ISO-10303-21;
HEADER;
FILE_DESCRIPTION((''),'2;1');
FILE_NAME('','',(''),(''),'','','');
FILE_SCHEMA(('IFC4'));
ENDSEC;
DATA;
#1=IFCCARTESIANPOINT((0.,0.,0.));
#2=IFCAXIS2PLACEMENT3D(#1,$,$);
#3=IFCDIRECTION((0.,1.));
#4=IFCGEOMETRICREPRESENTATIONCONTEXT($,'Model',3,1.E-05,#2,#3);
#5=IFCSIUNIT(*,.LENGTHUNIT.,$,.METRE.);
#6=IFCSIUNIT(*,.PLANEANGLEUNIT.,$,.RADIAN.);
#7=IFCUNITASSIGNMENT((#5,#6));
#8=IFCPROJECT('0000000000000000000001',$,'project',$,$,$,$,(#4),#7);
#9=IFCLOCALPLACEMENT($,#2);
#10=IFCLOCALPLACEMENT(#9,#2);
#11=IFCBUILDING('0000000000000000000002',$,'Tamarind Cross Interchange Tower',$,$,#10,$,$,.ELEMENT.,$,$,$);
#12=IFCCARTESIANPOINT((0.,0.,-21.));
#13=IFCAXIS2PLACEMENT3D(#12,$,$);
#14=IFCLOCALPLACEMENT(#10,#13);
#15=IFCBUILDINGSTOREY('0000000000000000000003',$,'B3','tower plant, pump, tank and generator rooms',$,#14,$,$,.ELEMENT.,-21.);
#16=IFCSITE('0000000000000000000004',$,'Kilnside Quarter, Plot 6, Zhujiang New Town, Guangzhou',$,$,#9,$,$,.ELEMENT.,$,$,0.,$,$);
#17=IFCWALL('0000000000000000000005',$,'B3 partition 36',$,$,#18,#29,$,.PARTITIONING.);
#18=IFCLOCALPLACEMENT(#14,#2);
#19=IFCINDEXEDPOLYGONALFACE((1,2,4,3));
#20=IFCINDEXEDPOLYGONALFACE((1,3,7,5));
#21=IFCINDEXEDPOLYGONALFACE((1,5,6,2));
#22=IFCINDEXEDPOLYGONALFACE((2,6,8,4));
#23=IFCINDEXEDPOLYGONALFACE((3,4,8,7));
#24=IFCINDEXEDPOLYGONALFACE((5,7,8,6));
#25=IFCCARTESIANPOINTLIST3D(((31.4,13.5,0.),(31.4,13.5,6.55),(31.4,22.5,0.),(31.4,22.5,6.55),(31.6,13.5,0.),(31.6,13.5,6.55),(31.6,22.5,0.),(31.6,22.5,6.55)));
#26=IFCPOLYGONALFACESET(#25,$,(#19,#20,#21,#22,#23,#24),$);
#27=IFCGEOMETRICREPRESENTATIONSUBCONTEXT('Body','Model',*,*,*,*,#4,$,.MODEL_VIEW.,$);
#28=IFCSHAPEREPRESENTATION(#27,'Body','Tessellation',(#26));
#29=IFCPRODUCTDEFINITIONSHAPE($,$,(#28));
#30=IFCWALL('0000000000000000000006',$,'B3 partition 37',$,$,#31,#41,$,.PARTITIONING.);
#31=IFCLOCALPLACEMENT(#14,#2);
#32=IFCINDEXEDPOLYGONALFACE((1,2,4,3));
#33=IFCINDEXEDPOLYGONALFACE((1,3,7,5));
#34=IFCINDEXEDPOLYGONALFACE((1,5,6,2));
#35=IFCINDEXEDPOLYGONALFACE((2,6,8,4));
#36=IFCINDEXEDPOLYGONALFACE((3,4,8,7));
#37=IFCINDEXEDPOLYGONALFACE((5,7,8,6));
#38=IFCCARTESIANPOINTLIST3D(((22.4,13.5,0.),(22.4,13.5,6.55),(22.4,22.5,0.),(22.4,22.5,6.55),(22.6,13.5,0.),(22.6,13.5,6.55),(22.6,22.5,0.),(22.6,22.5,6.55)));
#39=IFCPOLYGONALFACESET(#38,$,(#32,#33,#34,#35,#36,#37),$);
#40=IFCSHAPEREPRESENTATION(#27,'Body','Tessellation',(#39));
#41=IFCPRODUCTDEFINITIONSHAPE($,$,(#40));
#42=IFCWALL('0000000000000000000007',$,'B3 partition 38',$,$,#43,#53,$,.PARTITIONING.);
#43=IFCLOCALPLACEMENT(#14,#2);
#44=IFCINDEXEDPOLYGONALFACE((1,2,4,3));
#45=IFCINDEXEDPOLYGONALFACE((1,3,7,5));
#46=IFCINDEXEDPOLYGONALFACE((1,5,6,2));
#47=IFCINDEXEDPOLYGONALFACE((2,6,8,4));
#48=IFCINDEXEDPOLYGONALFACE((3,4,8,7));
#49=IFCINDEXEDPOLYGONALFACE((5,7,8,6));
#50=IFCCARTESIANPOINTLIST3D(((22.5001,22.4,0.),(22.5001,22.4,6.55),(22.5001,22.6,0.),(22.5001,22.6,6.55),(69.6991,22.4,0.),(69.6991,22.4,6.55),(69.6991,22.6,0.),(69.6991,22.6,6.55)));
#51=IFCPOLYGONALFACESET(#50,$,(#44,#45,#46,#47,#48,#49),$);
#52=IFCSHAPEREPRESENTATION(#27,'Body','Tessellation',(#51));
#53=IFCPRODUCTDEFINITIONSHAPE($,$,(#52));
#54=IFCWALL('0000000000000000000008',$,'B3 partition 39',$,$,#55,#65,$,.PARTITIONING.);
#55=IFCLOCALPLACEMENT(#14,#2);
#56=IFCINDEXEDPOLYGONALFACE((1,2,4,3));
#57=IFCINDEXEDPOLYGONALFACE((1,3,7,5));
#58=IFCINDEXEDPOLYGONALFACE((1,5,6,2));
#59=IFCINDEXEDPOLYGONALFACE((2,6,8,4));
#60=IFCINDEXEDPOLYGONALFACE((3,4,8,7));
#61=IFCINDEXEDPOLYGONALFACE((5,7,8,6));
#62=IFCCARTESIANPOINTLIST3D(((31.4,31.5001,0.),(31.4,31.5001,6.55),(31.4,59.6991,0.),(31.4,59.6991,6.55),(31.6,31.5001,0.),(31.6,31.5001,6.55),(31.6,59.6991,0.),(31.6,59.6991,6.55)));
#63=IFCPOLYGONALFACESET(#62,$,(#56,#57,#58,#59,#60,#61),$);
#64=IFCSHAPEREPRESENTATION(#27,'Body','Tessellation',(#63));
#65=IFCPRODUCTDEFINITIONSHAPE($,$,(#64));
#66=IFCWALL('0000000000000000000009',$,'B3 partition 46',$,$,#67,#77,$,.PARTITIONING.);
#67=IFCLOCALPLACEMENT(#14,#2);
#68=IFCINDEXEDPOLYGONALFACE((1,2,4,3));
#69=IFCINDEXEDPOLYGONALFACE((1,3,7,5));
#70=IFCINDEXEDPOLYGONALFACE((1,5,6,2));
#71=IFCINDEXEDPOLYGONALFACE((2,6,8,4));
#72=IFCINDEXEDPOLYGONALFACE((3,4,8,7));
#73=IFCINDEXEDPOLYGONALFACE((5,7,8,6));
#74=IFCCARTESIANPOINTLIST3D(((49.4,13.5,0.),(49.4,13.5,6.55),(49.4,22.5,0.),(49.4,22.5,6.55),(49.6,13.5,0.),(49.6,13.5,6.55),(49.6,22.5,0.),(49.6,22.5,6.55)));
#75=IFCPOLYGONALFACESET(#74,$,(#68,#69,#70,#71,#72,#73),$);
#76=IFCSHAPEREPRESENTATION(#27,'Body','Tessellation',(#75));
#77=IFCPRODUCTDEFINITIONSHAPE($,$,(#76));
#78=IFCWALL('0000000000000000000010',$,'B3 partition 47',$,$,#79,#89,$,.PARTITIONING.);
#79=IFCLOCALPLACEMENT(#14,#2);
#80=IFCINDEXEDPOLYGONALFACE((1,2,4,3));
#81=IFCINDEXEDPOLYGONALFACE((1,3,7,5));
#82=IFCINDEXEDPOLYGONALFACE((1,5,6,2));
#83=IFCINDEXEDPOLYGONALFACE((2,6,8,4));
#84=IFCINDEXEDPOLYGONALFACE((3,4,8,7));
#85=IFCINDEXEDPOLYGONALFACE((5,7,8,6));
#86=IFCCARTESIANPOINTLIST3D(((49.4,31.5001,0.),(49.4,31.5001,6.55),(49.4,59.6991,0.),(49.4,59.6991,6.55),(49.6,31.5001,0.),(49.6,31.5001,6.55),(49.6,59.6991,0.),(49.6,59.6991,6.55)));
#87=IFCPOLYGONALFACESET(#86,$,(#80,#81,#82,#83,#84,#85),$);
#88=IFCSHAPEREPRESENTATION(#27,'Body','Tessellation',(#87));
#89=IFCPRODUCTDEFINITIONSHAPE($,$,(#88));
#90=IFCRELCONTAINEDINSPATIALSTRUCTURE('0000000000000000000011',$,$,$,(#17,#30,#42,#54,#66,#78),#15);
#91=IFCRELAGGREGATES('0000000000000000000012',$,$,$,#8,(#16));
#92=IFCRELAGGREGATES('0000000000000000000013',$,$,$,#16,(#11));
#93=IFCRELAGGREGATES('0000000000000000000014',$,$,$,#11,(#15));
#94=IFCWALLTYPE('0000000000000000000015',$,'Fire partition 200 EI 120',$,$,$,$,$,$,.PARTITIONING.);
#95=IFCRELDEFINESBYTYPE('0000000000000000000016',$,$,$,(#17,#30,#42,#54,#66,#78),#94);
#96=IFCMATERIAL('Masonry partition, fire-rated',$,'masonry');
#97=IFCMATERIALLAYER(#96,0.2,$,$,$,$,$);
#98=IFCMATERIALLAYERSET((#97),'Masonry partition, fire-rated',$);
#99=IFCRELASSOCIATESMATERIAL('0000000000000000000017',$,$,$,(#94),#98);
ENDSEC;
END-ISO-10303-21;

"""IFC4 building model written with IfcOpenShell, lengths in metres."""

from ifc_helpers import new_model, si_unit, direction, frame, frame_2d, origin, place, context, subcontext, project, spatial, rectangle, extrude, material, layer, layer_set, type_object, element, save


model = new_model("IFC4")

# Units and contexts
model_context = context("Model", 3, precision=1e-05, world=origin(), true_north=direction((0.0, 1.0)))
body_context = subcontext(model_context, "Body", "Model", "MODEL_VIEW")
ifc_project = project(units=[si_unit("LENGTHUNIT", "METRE"), si_unit("PLANEANGLEUNIT", "RADIAN")], contexts=[model_context])

# Site, building, storey
site_placement = place(None, origin())
site = spatial("IfcSite", under=ifc_project, at=site_placement, Name="Kilnside Quarter, Plot 6, Zhujiang New Town, Guangzhou", CompositionType="ELEMENT", RefElevation=0.0)
building_placement = place(site_placement, origin())
building = spatial("IfcBuilding", under=site, at=building_placement, Name="Tamarind Cross Interchange Tower", CompositionType="ELEMENT")
storey_placement = place(building_placement, frame((0.0, 0.0, -21.0)))
storey = spatial("IfcBuildingStorey", under=building, at=storey_placement, Name="B3", Description="tower plant, pump, tank and generator rooms", CompositionType="ELEMENT", Elevation=-21.0)

# Shared definitions
ifc_material_1 = material(Name="Masonry partition, fire-rated", Category="masonry")
ifc_layer_1 = layer(ifc_material_1, 0.2)
ifc_layer_set_1 = layer_set([ifc_layer_1], Name="Masonry partition, fire-rated")
wall_type_1 = type_object("IfcWallType", Name="Fire partition 200 EI 120", PredefinedType="PARTITIONING", material=ifc_layer_set_1)

# Walls
for number, where, z_axis, x_axis, name in (
    (1, (31.5, 13.5, 0.0), (0.0, 0.0, 1.0), (0.0, 1.0, 0.0), "B3 partition 36"),
    (2, (22.5, 13.5, 0.0), (0.0, 0.0, 1.0), (0.0, 1.0, 0.0), "B3 partition 37"),
):
    element("IfcWall", number, at=place(storey_placement, frame(where, z_axis=z_axis, x_axis=x_axis)), inside=storey, type_object=wall_type_1, Name=name, PredefinedType="PARTITIONING", context=body_context, shape_type="SweptSolid", body=[
        extrude(rectangle(XDim=9.0, YDim=0.2, at=frame_2d((4.5, 0.0))), origin(), (0.0, 0.0, 1.0), 6.55),
    ])
wall_1_placement = place(storey_placement, frame((22.5, 22.5, 0.0), z_axis=(0.0, 0.0, 1.0), x_axis=(1.0, 0.0, 0.0)))
element("IfcWall", 3, at=wall_1_placement, inside=storey, type_object=wall_type_1, Name="B3 partition 38", PredefinedType="PARTITIONING", context=body_context, shape_type="SweptSolid", body=[
    extrude(rectangle(XDim=47.199, YDim=0.2, at=frame_2d((23.5996, 0.0))), origin(), (0.0, 0.0, 1.0), 6.55),
])
wall_2_placement = place(storey_placement, frame((31.5, 31.5, 0.0), z_axis=(0.0, 0.0, 1.0), x_axis=(0.0, 1.0, 0.0)))
element("IfcWall", 4, at=wall_2_placement, inside=storey, type_object=wall_type_1, Name="B3 partition 39", PredefinedType="PARTITIONING", context=body_context, shape_type="SweptSolid", body=[
    extrude(rectangle(XDim=28.199, YDim=0.2, at=frame_2d((14.0996, 0.0))), origin(), (0.0, 0.0, 1.0), 6.55),
])
wall_3_placement = place(storey_placement, frame((49.5, 13.5, 0.0), z_axis=(0.0, 0.0, 1.0), x_axis=(0.0, 1.0, 0.0)))
element("IfcWall", 5, at=wall_3_placement, inside=storey, type_object=wall_type_1, Name="B3 partition 46", PredefinedType="PARTITIONING", context=body_context, shape_type="SweptSolid", body=[
    extrude(rectangle(XDim=9.0, YDim=0.2, at=frame_2d((4.5, 0.0))), origin(), (0.0, 0.0, 1.0), 6.55),
])
wall_4_placement = place(storey_placement, frame((49.5, 31.5, 0.0), z_axis=(0.0, 0.0, 1.0), x_axis=(0.0, 1.0, 0.0)))
element("IfcWall", 6, at=wall_4_placement, inside=storey, type_object=wall_type_1, Name="B3 partition 47", PredefinedType="PARTITIONING", context=body_context, shape_type="SweptSolid", body=[
    extrude(rectangle(XDim=28.199, YDim=0.2, at=frame_2d((14.0996, 0.0))), origin(), (0.0, 0.0, 1.0), 6.55),
])

save(model, "model.ifc")
